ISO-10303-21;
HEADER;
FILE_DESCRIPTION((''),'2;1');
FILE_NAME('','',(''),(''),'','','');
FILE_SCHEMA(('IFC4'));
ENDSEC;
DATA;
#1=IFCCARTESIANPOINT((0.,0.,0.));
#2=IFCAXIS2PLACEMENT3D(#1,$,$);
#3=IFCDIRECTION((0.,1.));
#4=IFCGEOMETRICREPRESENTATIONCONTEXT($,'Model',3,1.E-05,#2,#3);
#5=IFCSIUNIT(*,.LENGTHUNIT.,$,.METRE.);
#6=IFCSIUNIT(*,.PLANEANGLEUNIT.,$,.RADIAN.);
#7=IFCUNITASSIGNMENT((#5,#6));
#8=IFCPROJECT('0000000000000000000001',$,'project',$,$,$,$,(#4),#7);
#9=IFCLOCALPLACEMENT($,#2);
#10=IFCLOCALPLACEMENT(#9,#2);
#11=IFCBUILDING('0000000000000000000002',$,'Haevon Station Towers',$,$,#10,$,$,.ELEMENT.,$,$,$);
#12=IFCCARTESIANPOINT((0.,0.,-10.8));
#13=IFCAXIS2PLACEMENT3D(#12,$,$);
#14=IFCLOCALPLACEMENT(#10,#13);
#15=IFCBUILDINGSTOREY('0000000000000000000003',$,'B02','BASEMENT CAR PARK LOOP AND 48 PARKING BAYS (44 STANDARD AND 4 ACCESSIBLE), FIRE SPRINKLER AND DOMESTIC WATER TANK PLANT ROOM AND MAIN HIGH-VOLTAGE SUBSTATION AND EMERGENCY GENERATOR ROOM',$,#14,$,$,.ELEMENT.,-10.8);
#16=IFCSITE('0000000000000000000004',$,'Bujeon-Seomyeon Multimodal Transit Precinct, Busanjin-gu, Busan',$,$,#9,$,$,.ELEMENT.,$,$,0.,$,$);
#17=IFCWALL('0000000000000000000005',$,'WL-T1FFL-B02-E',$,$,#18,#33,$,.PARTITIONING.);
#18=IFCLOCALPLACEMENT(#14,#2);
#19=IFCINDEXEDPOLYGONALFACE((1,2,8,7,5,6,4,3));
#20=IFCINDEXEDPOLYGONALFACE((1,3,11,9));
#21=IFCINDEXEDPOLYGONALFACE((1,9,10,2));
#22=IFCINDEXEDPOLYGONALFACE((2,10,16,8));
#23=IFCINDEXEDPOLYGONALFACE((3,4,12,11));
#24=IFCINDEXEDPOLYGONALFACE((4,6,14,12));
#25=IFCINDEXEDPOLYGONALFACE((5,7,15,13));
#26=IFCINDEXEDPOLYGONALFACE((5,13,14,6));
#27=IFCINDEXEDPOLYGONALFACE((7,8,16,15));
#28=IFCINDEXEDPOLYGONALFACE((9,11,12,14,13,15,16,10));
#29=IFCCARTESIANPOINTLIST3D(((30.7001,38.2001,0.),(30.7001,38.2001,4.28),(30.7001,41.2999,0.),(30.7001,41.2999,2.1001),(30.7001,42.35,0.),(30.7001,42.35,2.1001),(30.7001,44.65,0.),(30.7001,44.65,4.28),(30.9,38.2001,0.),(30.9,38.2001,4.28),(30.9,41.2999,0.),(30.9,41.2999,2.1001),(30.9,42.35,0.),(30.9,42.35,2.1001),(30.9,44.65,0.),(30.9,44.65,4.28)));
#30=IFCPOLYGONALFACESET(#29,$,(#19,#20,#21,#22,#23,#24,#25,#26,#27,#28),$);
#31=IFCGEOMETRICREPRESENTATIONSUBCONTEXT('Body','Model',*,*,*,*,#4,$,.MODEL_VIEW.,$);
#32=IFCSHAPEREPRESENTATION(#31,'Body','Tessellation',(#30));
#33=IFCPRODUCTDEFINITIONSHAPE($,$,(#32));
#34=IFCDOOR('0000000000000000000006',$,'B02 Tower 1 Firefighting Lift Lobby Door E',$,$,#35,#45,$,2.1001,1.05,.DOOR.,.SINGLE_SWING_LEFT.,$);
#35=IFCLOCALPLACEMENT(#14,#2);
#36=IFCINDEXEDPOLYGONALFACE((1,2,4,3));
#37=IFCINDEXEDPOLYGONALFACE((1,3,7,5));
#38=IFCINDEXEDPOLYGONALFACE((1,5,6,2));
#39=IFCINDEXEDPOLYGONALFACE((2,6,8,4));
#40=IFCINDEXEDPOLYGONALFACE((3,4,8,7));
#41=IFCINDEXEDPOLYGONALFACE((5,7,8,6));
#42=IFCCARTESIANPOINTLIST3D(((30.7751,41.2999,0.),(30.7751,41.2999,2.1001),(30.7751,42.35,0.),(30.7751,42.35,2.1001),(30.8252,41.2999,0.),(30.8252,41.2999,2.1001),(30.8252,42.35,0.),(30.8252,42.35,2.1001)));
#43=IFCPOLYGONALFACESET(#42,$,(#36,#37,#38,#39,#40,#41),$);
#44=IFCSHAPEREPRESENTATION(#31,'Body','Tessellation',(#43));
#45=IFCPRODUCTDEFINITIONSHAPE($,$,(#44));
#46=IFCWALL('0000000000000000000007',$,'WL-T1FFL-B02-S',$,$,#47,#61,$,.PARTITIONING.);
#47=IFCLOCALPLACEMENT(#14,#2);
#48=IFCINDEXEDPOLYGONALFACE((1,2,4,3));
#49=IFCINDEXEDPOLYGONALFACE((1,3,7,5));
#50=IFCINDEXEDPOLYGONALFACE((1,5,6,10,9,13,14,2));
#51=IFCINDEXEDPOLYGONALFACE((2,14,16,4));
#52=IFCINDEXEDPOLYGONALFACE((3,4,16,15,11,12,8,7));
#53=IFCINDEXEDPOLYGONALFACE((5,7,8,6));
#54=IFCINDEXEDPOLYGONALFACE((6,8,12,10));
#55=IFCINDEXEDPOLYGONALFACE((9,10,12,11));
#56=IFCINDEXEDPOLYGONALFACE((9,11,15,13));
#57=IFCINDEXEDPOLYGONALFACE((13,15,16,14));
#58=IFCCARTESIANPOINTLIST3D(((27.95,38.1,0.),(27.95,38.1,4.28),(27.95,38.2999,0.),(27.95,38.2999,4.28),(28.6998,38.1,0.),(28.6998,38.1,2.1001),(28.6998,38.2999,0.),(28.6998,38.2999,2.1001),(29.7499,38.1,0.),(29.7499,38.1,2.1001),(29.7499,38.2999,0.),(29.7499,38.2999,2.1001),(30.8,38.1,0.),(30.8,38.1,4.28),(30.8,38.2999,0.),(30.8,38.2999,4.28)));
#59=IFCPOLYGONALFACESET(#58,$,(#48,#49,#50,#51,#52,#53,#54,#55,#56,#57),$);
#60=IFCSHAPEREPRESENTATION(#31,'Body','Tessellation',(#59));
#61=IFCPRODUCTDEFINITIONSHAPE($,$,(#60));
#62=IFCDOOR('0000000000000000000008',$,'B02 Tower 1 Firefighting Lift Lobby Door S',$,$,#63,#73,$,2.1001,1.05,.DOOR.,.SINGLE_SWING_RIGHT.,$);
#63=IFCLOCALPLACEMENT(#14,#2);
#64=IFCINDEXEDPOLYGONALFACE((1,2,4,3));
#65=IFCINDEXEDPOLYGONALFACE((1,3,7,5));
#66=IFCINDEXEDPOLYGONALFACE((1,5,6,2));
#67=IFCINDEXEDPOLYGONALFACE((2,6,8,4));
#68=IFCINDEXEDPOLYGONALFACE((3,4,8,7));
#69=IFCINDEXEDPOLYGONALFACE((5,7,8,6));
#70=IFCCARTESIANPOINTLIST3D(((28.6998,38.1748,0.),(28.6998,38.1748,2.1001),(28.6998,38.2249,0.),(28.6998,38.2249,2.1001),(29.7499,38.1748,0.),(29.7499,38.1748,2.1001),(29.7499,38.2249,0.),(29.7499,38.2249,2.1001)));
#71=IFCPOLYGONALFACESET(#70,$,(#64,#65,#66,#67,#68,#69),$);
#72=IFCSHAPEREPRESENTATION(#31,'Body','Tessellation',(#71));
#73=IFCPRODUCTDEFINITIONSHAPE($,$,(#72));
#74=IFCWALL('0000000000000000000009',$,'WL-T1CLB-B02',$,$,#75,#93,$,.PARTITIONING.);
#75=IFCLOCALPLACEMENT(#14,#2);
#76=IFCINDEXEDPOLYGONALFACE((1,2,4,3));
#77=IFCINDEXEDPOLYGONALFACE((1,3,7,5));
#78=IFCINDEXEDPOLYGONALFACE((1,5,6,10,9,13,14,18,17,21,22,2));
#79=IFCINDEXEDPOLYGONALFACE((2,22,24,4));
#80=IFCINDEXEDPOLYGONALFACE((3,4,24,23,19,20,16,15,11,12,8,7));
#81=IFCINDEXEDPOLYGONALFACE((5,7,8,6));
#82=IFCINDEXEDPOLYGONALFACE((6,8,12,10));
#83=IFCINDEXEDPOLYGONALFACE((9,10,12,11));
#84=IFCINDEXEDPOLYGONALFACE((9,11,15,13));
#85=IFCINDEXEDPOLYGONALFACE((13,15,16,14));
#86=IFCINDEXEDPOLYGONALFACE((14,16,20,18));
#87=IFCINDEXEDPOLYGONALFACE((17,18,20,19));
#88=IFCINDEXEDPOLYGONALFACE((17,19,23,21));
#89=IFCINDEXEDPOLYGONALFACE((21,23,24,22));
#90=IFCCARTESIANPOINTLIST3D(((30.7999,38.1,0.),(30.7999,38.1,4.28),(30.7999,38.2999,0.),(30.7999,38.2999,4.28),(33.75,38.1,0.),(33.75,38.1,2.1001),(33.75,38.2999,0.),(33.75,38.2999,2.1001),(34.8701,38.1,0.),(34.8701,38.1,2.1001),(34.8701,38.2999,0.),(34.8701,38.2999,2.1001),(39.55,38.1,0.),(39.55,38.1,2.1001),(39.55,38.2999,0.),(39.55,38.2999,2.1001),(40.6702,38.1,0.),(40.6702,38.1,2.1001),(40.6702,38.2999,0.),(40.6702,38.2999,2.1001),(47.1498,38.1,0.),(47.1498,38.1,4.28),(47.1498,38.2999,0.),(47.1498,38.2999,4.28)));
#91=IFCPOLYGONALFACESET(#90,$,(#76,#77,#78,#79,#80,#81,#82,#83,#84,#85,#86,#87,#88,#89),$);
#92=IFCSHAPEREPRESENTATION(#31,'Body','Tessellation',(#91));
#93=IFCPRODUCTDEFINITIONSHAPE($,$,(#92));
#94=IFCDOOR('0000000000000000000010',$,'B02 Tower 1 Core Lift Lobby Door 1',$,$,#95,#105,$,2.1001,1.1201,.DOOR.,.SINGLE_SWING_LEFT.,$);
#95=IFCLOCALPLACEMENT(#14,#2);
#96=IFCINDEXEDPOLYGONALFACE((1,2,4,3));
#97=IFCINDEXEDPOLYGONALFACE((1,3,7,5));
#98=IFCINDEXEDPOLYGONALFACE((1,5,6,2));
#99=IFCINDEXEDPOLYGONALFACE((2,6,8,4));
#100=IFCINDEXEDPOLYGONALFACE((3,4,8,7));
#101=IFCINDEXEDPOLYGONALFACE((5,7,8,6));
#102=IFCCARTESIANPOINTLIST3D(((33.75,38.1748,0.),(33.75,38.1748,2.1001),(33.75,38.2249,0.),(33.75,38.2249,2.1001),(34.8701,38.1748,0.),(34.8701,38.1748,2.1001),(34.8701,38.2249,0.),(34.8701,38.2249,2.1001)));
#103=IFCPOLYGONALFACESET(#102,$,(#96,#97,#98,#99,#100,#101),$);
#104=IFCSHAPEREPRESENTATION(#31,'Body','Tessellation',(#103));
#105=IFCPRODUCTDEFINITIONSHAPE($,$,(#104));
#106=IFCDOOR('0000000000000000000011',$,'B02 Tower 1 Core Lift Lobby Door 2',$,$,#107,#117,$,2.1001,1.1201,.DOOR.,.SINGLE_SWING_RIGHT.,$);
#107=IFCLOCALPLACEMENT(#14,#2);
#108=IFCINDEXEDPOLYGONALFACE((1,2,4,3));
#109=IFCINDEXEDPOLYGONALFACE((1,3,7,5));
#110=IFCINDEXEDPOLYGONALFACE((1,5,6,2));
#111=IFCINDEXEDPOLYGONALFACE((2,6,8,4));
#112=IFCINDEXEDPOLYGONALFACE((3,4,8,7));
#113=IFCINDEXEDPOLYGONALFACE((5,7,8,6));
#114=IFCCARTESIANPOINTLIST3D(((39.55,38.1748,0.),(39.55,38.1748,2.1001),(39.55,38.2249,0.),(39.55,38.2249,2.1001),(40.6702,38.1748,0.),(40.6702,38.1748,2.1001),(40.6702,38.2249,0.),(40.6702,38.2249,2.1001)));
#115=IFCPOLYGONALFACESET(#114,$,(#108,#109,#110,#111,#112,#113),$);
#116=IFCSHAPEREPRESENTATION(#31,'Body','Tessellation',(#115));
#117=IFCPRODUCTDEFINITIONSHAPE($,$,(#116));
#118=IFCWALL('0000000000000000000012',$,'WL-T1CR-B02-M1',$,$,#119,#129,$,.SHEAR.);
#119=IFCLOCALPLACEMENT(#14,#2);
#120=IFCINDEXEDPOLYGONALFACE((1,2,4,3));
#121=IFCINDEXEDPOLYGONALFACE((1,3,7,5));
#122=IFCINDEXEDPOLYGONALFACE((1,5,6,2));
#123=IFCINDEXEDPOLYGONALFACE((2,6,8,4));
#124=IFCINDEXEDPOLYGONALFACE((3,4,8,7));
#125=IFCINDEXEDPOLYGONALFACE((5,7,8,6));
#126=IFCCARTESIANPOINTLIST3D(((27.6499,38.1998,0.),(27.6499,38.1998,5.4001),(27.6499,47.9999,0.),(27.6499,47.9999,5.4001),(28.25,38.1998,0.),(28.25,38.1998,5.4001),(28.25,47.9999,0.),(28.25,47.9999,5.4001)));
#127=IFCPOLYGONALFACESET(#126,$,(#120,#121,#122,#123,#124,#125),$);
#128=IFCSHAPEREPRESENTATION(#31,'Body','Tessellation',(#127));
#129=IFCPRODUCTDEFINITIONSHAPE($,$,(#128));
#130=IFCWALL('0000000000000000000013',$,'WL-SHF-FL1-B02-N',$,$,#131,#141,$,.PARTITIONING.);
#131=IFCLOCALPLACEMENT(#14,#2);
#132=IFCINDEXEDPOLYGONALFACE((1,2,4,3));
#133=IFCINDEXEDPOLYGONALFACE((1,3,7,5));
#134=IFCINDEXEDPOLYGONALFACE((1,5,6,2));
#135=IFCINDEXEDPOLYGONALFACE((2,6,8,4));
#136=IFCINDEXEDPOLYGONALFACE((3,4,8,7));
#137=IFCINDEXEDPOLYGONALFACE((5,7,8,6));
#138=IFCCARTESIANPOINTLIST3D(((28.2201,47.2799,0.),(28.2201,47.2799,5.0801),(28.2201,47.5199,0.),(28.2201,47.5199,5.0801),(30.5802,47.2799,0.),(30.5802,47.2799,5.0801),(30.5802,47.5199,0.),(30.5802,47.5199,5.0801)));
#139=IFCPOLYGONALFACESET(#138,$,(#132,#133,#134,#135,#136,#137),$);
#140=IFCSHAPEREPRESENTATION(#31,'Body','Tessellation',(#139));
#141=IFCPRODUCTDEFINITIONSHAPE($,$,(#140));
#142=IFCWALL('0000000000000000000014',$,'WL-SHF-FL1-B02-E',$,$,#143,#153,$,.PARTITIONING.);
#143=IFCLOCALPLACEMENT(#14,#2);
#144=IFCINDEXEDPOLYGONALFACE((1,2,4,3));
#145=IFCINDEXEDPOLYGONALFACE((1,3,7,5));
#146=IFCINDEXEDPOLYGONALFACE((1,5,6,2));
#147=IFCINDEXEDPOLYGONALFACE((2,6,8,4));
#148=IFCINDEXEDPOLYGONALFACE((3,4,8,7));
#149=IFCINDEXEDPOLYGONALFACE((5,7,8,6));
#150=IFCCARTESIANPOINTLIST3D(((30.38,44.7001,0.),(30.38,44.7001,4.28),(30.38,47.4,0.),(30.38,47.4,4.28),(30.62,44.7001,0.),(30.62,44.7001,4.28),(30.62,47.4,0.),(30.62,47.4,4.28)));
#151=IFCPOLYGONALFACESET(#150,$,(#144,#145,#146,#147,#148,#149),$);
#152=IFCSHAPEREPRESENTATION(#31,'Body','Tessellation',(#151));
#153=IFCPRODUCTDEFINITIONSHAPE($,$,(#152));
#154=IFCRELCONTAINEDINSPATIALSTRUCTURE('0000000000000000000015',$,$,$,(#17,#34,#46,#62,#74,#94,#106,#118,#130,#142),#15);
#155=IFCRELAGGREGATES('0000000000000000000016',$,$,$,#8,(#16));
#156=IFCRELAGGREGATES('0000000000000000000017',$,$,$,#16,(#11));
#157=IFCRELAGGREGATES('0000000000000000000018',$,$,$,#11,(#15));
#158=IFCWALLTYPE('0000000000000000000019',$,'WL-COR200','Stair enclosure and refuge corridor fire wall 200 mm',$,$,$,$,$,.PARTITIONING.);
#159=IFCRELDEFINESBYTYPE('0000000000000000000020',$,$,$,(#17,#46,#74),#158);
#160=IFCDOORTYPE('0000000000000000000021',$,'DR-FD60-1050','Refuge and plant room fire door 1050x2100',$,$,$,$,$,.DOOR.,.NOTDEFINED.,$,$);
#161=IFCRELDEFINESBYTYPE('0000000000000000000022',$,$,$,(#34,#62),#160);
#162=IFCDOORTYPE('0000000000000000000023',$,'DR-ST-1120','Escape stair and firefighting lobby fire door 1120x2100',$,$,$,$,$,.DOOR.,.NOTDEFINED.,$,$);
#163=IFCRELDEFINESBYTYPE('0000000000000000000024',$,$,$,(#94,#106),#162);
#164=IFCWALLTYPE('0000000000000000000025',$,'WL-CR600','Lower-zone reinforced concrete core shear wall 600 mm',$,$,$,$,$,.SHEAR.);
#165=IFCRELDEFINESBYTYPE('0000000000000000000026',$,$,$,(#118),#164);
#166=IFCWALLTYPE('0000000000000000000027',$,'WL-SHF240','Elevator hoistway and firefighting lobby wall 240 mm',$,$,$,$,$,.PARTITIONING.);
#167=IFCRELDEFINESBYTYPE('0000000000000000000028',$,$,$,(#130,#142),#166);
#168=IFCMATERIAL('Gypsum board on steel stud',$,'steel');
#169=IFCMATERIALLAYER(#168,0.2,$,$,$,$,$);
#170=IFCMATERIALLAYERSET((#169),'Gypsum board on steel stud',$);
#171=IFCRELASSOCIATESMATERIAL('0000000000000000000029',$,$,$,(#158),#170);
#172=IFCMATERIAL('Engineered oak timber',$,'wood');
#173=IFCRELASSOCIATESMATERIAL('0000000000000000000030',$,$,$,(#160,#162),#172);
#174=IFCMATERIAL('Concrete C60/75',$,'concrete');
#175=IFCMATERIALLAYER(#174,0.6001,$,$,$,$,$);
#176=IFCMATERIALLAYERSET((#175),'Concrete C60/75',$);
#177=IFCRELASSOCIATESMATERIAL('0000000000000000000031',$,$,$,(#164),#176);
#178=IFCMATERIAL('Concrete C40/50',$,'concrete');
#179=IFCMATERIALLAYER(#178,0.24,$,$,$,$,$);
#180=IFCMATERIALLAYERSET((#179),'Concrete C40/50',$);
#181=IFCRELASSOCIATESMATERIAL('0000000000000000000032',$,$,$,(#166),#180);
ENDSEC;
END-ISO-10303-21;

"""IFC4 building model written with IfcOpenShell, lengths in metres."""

from ifc_helpers import new_model, si_unit, direction, frame, frame_2d, origin, place, context, subcontext, project, spatial, rectangle, extrude, material, layer, layer_set, type_object, element, fill, save


model = new_model("IFC4")

# Units and contexts
model_context = context("Model", 3, precision=1e-05, world=origin(), true_north=direction((0.0, 1.0)))
body_context = subcontext(model_context, "Body", "Model", "MODEL_VIEW")
ifc_project = project(units=[si_unit("LENGTHUNIT", "METRE"), si_unit("PLANEANGLEUNIT", "RADIAN")], contexts=[model_context])

# Site, building, storey
site_placement = place(None, origin())
site = spatial("IfcSite", under=ifc_project, at=site_placement, Name="Bujeon-Seomyeon Multimodal Transit Precinct, Busanjin-gu, Busan", CompositionType="ELEMENT", RefElevation=0.0)
building_placement = place(site_placement, origin())
building = spatial("IfcBuilding", under=site, at=building_placement, Name="Haevon Station Towers", CompositionType="ELEMENT")
storey_placement = place(building_placement, frame((0.0, 0.0, -10.8)))
storey = spatial("IfcBuildingStorey", under=building, at=storey_placement, Name="B02", Description="BASEMENT CAR PARK LOOP AND 48 PARKING BAYS (44 STANDARD AND 4 ACCESSIBLE), FIRE SPRINKLER AND DOMESTIC WATER TANK PLANT ROOM AND MAIN HIGH-VOLTAGE SUBSTATION AND EMERGENCY GENERATOR ROOM", CompositionType="ELEMENT", Elevation=-10.8)

# Walls, openings, doors
ifc_material_1 = material(Name="Gypsum board on steel stud", Category="steel")
ifc_layer_1 = layer(ifc_material_1, 0.2)
ifc_layer_set_1 = layer_set([ifc_layer_1], Name="Gypsum board on steel stud")
wall_type_1 = type_object("IfcWallType", Name="WL-COR200", Description="Stair enclosure and refuge corridor fire wall 200 mm", PredefinedType="PARTITIONING", material=ifc_layer_set_1)
wall_1_placement = place(storey_placement, frame((30.8, 38.2, 0.0), z_axis=(0.0, 0.0, 1.0), x_axis=(0.0, 1.0, 0.0)))
wall_1 = element("IfcWall", 1, at=wall_1_placement, inside=storey, type_object=wall_type_1, Name="WL-T1FFL-B02-E", PredefinedType="PARTITIONING", context=body_context, shape_type="SweptSolid", body=[
    extrude(rectangle(XDim=6.45, YDim=0.2, at=frame_2d((3.2251, 0.0))), origin(), (0.0, 0.0, 1.0), 4.28),
])
opening_1_placement = place(wall_1_placement, frame((3.1001, 0.0, 0.0)))
opening_1 = element("IfcOpeningElement", 2, at=opening_1_placement, cuts=wall_1, PredefinedType="OPENING", context=body_context, shape_type="SweptSolid", body=[
    extrude(rectangle(XDim=1.05, YDim=2.1001, at=frame_2d((0.5249, 1.05))), frame((0.0, 0.1099, 0.0), z_axis=(0.0, -1.0, 0.0), x_axis=(1.0, 0.0, 0.0)), (0.0, 0.0, 1.0), 0.22),
])
ifc_material_2 = material(Name="Engineered oak timber", Category="wood")
door_type_1 = type_object("IfcDoorType", Name="DR-FD60-1050", Description="Refuge and plant room fire door 1050x2100", OperationType="NOTDEFINED", PredefinedType="DOOR", material=ifc_material_2)
door_1_placement = place(opening_1_placement, origin())
door_1 = element("IfcDoor", 3, at=door_1_placement, inside=storey, type_object=door_type_1, Name="B02 Tower 1 Firefighting Lift Lobby Door E", OperationType="SINGLE_SWING_LEFT", OverallHeight=2.1001, OverallWidth=1.05, PredefinedType="DOOR", context=body_context, shape_type="SweptSolid", body=[
    extrude(rectangle(XDim=1.05, YDim=2.1001, at=frame_2d((0.5249, 1.05))), frame((0.0, 0.0249, 0.0), z_axis=(0.0, -1.0, 0.0), x_axis=(1.0, 0.0, 0.0)), (0.0, 0.0, 1.0), 0.05),
])
fill(opening_1, door_1)
wall_2_placement = place(storey_placement, frame((27.95, 38.2, 0.0), z_axis=(0.0, 0.0, 1.0), x_axis=(1.0, 0.0, 0.0)))
wall_2 = element("IfcWall", 4, at=wall_2_placement, inside=storey, type_object=wall_type_1, Name="WL-T1FFL-B02-S", PredefinedType="PARTITIONING", context=body_context, shape_type="SweptSolid", body=[
    extrude(rectangle(XDim=2.8501, YDim=0.2, at=frame_2d((1.425, 0.0))), origin(), (0.0, 0.0, 1.0), 4.28),
])
opening_2_placement = place(wall_2_placement, frame((0.75, 0.0, 0.0)))
opening_2 = element("IfcOpeningElement", 5, at=opening_2_placement, cuts=wall_2, PredefinedType="OPENING", context=body_context, shape_type="SweptSolid", body=[
    extrude(rectangle(XDim=1.05, YDim=2.1001, at=frame_2d((0.5249, 1.05))), frame((0.0, 0.1099, 0.0), z_axis=(0.0, -1.0, 0.0), x_axis=(1.0, 0.0, 0.0)), (0.0, 0.0, 1.0), 0.22),
])
door_2_placement = place(opening_2_placement, origin())
door_2 = element("IfcDoor", 6, at=door_2_placement, inside=storey, type_object=door_type_1, Name="B02 Tower 1 Firefighting Lift Lobby Door S", OperationType="SINGLE_SWING_RIGHT", OverallHeight=2.1001, OverallWidth=1.05, PredefinedType="DOOR", context=body_context, shape_type="SweptSolid", body=[
    extrude(rectangle(XDim=1.05, YDim=2.1001, at=frame_2d((0.5249, 1.05))), frame((0.0, 0.0249, 0.0), z_axis=(0.0, -1.0, 0.0), x_axis=(1.0, 0.0, 0.0)), (0.0, 0.0, 1.0), 0.05),
])
fill(opening_2, door_2)

# Wall, openings, doors
wall_3_placement = place(storey_placement, frame((30.8, 38.2, 0.0), z_axis=(0.0, 0.0, 1.0), x_axis=(1.0, 0.0, 0.0)))
wall_3 = element("IfcWall", 7, at=wall_3_placement, inside=storey, type_object=wall_type_1, Name="WL-T1CLB-B02", PredefinedType="PARTITIONING", context=body_context, shape_type="SweptSolid", body=[
    extrude(rectangle(XDim=16.3499, YDim=0.2, at=frame_2d((8.1748, 0.0))), origin(), (0.0, 0.0, 1.0), 4.28),
])
opening_3_placement = place(wall_3_placement, frame((2.95, 0.0, 0.0)))
opening_3 = element("IfcOpeningElement", 8, at=opening_3_placement, cuts=wall_3, PredefinedType="OPENING", context=body_context, shape_type="SweptSolid", body=[
    extrude(rectangle(XDim=1.1201, YDim=2.1001, at=frame_2d((0.5601, 1.05))), frame((0.0, 0.1099, 0.0), z_axis=(0.0, -1.0, 0.0), x_axis=(1.0, 0.0, 0.0)), (0.0, 0.0, 1.0), 0.22),
])
opening_4_placement = place(wall_3_placement, frame((8.75, 0.0, 0.0)))
opening_4 = element("IfcOpeningElement", 9, at=opening_4_placement, cuts=wall_3, PredefinedType="OPENING", context=body_context, shape_type="SweptSolid", body=[
    extrude(rectangle(XDim=1.1201, YDim=2.1001, at=frame_2d((0.5601, 1.05))), frame((0.0, 0.1099, 0.0), z_axis=(0.0, -1.0, 0.0), x_axis=(1.0, 0.0, 0.0)), (0.0, 0.0, 1.0), 0.22),
])
door_type_2 = type_object("IfcDoorType", Name="DR-ST-1120", Description="Escape stair and firefighting lobby fire door 1120x2100", OperationType="NOTDEFINED", PredefinedType="DOOR", material=ifc_material_2)
door_3_placement = place(opening_3_placement, origin())
door_3 = element("IfcDoor", 10, at=door_3_placement, inside=storey, type_object=door_type_2, Name="B02 Tower 1 Core Lift Lobby Door 1", OperationType="SINGLE_SWING_LEFT", OverallHeight=2.1001, OverallWidth=1.1201, PredefinedType="DOOR", context=body_context, shape_type="SweptSolid", body=[
    extrude(rectangle(XDim=1.1201, YDim=2.1001, at=frame_2d((0.5601, 1.05))), frame((0.0, 0.0249, 0.0), z_axis=(0.0, -1.0, 0.0), x_axis=(1.0, 0.0, 0.0)), (0.0, 0.0, 1.0), 0.05),
])
fill(opening_3, door_3)
door_4_placement = place(opening_4_placement, origin())
door_4 = element("IfcDoor", 11, at=door_4_placement, inside=storey, type_object=door_type_2, Name="B02 Tower 1 Core Lift Lobby Door 2", OperationType="SINGLE_SWING_RIGHT", OverallHeight=2.1001, OverallWidth=1.1201, PredefinedType="DOOR", context=body_context, shape_type="SweptSolid", body=[
    extrude(rectangle(XDim=1.1201, YDim=2.1001, at=frame_2d((0.5601, 1.05))), frame((0.0, 0.0249, 0.0), z_axis=(0.0, -1.0, 0.0), x_axis=(1.0, 0.0, 0.0)), (0.0, 0.0, 1.0), 0.05),
])
fill(opening_4, door_4)

# Wall
ifc_material_3 = material(Name="Concrete C60/75", Category="concrete")
ifc_layer_2 = layer(ifc_material_3, 0.6001)
ifc_layer_set_2 = layer_set([ifc_layer_2], Name="Concrete C60/75")
wall_type_2 = type_object("IfcWallType", Name="WL-CR600", Description="Lower-zone reinforced concrete core shear wall 600 mm", PredefinedType="SHEAR", material=ifc_layer_set_2)
wall_4_placement = place(storey_placement, frame((27.95, 38.2, 0.0), z_axis=(0.0, 0.0, 1.0), x_axis=(0.0, 1.0, 0.0)))
element("IfcWall", 12, at=wall_4_placement, inside=storey, type_object=wall_type_2, Name="WL-T1CR-B02-M1", PredefinedType="SHEAR", context=body_context, shape_type="SweptSolid", body=[
    extrude(rectangle(XDim=9.8, YDim=0.6001, at=frame_2d((4.8999, 0.0))), origin(), (0.0, 0.0, 1.0), 5.4001),
])

# Shared definitions
ifc_material_4 = material(Name="Concrete C40/50", Category="concrete")
ifc_layer_3 = layer(ifc_material_4, 0.24)
ifc_layer_set_3 = layer_set([ifc_layer_3], Name="Concrete C40/50")
wall_type_3 = type_object("IfcWallType", Name="WL-SHF240", Description="Elevator hoistway and firefighting lobby wall 240 mm", PredefinedType="PARTITIONING", material=ifc_layer_set_3)

# Walls
wall_5_placement = place(storey_placement, frame((28.22, 47.3999, 0.0), z_axis=(0.0, 0.0, 1.0), x_axis=(1.0, 0.0, 0.0)))
element("IfcWall", 13, at=wall_5_placement, inside=storey, type_object=wall_type_3, Name="WL-SHF-FL1-B02-N", PredefinedType="PARTITIONING", context=body_context, shape_type="SweptSolid", body=[
    extrude(rectangle(XDim=2.3601, YDim=0.24, at=frame_2d((1.1802, 0.0))), origin(), (0.0, 0.0, 1.0), 5.0801),
])
wall_6_placement = place(storey_placement, frame((30.5, 44.7, 0.0), z_axis=(0.0, 0.0, 1.0), x_axis=(0.0, 1.0, 0.0)))
element("IfcWall", 14, at=wall_6_placement, inside=storey, type_object=wall_type_3, Name="WL-SHF-FL1-B02-E", PredefinedType="PARTITIONING", context=body_context, shape_type="SweptSolid", body=[
    extrude(rectangle(XDim=2.7, YDim=0.24, at=frame_2d((1.3501, 0.0))), origin(), (0.0, 0.0, 1.0), 4.28),
])

save(model, "model.ifc")
